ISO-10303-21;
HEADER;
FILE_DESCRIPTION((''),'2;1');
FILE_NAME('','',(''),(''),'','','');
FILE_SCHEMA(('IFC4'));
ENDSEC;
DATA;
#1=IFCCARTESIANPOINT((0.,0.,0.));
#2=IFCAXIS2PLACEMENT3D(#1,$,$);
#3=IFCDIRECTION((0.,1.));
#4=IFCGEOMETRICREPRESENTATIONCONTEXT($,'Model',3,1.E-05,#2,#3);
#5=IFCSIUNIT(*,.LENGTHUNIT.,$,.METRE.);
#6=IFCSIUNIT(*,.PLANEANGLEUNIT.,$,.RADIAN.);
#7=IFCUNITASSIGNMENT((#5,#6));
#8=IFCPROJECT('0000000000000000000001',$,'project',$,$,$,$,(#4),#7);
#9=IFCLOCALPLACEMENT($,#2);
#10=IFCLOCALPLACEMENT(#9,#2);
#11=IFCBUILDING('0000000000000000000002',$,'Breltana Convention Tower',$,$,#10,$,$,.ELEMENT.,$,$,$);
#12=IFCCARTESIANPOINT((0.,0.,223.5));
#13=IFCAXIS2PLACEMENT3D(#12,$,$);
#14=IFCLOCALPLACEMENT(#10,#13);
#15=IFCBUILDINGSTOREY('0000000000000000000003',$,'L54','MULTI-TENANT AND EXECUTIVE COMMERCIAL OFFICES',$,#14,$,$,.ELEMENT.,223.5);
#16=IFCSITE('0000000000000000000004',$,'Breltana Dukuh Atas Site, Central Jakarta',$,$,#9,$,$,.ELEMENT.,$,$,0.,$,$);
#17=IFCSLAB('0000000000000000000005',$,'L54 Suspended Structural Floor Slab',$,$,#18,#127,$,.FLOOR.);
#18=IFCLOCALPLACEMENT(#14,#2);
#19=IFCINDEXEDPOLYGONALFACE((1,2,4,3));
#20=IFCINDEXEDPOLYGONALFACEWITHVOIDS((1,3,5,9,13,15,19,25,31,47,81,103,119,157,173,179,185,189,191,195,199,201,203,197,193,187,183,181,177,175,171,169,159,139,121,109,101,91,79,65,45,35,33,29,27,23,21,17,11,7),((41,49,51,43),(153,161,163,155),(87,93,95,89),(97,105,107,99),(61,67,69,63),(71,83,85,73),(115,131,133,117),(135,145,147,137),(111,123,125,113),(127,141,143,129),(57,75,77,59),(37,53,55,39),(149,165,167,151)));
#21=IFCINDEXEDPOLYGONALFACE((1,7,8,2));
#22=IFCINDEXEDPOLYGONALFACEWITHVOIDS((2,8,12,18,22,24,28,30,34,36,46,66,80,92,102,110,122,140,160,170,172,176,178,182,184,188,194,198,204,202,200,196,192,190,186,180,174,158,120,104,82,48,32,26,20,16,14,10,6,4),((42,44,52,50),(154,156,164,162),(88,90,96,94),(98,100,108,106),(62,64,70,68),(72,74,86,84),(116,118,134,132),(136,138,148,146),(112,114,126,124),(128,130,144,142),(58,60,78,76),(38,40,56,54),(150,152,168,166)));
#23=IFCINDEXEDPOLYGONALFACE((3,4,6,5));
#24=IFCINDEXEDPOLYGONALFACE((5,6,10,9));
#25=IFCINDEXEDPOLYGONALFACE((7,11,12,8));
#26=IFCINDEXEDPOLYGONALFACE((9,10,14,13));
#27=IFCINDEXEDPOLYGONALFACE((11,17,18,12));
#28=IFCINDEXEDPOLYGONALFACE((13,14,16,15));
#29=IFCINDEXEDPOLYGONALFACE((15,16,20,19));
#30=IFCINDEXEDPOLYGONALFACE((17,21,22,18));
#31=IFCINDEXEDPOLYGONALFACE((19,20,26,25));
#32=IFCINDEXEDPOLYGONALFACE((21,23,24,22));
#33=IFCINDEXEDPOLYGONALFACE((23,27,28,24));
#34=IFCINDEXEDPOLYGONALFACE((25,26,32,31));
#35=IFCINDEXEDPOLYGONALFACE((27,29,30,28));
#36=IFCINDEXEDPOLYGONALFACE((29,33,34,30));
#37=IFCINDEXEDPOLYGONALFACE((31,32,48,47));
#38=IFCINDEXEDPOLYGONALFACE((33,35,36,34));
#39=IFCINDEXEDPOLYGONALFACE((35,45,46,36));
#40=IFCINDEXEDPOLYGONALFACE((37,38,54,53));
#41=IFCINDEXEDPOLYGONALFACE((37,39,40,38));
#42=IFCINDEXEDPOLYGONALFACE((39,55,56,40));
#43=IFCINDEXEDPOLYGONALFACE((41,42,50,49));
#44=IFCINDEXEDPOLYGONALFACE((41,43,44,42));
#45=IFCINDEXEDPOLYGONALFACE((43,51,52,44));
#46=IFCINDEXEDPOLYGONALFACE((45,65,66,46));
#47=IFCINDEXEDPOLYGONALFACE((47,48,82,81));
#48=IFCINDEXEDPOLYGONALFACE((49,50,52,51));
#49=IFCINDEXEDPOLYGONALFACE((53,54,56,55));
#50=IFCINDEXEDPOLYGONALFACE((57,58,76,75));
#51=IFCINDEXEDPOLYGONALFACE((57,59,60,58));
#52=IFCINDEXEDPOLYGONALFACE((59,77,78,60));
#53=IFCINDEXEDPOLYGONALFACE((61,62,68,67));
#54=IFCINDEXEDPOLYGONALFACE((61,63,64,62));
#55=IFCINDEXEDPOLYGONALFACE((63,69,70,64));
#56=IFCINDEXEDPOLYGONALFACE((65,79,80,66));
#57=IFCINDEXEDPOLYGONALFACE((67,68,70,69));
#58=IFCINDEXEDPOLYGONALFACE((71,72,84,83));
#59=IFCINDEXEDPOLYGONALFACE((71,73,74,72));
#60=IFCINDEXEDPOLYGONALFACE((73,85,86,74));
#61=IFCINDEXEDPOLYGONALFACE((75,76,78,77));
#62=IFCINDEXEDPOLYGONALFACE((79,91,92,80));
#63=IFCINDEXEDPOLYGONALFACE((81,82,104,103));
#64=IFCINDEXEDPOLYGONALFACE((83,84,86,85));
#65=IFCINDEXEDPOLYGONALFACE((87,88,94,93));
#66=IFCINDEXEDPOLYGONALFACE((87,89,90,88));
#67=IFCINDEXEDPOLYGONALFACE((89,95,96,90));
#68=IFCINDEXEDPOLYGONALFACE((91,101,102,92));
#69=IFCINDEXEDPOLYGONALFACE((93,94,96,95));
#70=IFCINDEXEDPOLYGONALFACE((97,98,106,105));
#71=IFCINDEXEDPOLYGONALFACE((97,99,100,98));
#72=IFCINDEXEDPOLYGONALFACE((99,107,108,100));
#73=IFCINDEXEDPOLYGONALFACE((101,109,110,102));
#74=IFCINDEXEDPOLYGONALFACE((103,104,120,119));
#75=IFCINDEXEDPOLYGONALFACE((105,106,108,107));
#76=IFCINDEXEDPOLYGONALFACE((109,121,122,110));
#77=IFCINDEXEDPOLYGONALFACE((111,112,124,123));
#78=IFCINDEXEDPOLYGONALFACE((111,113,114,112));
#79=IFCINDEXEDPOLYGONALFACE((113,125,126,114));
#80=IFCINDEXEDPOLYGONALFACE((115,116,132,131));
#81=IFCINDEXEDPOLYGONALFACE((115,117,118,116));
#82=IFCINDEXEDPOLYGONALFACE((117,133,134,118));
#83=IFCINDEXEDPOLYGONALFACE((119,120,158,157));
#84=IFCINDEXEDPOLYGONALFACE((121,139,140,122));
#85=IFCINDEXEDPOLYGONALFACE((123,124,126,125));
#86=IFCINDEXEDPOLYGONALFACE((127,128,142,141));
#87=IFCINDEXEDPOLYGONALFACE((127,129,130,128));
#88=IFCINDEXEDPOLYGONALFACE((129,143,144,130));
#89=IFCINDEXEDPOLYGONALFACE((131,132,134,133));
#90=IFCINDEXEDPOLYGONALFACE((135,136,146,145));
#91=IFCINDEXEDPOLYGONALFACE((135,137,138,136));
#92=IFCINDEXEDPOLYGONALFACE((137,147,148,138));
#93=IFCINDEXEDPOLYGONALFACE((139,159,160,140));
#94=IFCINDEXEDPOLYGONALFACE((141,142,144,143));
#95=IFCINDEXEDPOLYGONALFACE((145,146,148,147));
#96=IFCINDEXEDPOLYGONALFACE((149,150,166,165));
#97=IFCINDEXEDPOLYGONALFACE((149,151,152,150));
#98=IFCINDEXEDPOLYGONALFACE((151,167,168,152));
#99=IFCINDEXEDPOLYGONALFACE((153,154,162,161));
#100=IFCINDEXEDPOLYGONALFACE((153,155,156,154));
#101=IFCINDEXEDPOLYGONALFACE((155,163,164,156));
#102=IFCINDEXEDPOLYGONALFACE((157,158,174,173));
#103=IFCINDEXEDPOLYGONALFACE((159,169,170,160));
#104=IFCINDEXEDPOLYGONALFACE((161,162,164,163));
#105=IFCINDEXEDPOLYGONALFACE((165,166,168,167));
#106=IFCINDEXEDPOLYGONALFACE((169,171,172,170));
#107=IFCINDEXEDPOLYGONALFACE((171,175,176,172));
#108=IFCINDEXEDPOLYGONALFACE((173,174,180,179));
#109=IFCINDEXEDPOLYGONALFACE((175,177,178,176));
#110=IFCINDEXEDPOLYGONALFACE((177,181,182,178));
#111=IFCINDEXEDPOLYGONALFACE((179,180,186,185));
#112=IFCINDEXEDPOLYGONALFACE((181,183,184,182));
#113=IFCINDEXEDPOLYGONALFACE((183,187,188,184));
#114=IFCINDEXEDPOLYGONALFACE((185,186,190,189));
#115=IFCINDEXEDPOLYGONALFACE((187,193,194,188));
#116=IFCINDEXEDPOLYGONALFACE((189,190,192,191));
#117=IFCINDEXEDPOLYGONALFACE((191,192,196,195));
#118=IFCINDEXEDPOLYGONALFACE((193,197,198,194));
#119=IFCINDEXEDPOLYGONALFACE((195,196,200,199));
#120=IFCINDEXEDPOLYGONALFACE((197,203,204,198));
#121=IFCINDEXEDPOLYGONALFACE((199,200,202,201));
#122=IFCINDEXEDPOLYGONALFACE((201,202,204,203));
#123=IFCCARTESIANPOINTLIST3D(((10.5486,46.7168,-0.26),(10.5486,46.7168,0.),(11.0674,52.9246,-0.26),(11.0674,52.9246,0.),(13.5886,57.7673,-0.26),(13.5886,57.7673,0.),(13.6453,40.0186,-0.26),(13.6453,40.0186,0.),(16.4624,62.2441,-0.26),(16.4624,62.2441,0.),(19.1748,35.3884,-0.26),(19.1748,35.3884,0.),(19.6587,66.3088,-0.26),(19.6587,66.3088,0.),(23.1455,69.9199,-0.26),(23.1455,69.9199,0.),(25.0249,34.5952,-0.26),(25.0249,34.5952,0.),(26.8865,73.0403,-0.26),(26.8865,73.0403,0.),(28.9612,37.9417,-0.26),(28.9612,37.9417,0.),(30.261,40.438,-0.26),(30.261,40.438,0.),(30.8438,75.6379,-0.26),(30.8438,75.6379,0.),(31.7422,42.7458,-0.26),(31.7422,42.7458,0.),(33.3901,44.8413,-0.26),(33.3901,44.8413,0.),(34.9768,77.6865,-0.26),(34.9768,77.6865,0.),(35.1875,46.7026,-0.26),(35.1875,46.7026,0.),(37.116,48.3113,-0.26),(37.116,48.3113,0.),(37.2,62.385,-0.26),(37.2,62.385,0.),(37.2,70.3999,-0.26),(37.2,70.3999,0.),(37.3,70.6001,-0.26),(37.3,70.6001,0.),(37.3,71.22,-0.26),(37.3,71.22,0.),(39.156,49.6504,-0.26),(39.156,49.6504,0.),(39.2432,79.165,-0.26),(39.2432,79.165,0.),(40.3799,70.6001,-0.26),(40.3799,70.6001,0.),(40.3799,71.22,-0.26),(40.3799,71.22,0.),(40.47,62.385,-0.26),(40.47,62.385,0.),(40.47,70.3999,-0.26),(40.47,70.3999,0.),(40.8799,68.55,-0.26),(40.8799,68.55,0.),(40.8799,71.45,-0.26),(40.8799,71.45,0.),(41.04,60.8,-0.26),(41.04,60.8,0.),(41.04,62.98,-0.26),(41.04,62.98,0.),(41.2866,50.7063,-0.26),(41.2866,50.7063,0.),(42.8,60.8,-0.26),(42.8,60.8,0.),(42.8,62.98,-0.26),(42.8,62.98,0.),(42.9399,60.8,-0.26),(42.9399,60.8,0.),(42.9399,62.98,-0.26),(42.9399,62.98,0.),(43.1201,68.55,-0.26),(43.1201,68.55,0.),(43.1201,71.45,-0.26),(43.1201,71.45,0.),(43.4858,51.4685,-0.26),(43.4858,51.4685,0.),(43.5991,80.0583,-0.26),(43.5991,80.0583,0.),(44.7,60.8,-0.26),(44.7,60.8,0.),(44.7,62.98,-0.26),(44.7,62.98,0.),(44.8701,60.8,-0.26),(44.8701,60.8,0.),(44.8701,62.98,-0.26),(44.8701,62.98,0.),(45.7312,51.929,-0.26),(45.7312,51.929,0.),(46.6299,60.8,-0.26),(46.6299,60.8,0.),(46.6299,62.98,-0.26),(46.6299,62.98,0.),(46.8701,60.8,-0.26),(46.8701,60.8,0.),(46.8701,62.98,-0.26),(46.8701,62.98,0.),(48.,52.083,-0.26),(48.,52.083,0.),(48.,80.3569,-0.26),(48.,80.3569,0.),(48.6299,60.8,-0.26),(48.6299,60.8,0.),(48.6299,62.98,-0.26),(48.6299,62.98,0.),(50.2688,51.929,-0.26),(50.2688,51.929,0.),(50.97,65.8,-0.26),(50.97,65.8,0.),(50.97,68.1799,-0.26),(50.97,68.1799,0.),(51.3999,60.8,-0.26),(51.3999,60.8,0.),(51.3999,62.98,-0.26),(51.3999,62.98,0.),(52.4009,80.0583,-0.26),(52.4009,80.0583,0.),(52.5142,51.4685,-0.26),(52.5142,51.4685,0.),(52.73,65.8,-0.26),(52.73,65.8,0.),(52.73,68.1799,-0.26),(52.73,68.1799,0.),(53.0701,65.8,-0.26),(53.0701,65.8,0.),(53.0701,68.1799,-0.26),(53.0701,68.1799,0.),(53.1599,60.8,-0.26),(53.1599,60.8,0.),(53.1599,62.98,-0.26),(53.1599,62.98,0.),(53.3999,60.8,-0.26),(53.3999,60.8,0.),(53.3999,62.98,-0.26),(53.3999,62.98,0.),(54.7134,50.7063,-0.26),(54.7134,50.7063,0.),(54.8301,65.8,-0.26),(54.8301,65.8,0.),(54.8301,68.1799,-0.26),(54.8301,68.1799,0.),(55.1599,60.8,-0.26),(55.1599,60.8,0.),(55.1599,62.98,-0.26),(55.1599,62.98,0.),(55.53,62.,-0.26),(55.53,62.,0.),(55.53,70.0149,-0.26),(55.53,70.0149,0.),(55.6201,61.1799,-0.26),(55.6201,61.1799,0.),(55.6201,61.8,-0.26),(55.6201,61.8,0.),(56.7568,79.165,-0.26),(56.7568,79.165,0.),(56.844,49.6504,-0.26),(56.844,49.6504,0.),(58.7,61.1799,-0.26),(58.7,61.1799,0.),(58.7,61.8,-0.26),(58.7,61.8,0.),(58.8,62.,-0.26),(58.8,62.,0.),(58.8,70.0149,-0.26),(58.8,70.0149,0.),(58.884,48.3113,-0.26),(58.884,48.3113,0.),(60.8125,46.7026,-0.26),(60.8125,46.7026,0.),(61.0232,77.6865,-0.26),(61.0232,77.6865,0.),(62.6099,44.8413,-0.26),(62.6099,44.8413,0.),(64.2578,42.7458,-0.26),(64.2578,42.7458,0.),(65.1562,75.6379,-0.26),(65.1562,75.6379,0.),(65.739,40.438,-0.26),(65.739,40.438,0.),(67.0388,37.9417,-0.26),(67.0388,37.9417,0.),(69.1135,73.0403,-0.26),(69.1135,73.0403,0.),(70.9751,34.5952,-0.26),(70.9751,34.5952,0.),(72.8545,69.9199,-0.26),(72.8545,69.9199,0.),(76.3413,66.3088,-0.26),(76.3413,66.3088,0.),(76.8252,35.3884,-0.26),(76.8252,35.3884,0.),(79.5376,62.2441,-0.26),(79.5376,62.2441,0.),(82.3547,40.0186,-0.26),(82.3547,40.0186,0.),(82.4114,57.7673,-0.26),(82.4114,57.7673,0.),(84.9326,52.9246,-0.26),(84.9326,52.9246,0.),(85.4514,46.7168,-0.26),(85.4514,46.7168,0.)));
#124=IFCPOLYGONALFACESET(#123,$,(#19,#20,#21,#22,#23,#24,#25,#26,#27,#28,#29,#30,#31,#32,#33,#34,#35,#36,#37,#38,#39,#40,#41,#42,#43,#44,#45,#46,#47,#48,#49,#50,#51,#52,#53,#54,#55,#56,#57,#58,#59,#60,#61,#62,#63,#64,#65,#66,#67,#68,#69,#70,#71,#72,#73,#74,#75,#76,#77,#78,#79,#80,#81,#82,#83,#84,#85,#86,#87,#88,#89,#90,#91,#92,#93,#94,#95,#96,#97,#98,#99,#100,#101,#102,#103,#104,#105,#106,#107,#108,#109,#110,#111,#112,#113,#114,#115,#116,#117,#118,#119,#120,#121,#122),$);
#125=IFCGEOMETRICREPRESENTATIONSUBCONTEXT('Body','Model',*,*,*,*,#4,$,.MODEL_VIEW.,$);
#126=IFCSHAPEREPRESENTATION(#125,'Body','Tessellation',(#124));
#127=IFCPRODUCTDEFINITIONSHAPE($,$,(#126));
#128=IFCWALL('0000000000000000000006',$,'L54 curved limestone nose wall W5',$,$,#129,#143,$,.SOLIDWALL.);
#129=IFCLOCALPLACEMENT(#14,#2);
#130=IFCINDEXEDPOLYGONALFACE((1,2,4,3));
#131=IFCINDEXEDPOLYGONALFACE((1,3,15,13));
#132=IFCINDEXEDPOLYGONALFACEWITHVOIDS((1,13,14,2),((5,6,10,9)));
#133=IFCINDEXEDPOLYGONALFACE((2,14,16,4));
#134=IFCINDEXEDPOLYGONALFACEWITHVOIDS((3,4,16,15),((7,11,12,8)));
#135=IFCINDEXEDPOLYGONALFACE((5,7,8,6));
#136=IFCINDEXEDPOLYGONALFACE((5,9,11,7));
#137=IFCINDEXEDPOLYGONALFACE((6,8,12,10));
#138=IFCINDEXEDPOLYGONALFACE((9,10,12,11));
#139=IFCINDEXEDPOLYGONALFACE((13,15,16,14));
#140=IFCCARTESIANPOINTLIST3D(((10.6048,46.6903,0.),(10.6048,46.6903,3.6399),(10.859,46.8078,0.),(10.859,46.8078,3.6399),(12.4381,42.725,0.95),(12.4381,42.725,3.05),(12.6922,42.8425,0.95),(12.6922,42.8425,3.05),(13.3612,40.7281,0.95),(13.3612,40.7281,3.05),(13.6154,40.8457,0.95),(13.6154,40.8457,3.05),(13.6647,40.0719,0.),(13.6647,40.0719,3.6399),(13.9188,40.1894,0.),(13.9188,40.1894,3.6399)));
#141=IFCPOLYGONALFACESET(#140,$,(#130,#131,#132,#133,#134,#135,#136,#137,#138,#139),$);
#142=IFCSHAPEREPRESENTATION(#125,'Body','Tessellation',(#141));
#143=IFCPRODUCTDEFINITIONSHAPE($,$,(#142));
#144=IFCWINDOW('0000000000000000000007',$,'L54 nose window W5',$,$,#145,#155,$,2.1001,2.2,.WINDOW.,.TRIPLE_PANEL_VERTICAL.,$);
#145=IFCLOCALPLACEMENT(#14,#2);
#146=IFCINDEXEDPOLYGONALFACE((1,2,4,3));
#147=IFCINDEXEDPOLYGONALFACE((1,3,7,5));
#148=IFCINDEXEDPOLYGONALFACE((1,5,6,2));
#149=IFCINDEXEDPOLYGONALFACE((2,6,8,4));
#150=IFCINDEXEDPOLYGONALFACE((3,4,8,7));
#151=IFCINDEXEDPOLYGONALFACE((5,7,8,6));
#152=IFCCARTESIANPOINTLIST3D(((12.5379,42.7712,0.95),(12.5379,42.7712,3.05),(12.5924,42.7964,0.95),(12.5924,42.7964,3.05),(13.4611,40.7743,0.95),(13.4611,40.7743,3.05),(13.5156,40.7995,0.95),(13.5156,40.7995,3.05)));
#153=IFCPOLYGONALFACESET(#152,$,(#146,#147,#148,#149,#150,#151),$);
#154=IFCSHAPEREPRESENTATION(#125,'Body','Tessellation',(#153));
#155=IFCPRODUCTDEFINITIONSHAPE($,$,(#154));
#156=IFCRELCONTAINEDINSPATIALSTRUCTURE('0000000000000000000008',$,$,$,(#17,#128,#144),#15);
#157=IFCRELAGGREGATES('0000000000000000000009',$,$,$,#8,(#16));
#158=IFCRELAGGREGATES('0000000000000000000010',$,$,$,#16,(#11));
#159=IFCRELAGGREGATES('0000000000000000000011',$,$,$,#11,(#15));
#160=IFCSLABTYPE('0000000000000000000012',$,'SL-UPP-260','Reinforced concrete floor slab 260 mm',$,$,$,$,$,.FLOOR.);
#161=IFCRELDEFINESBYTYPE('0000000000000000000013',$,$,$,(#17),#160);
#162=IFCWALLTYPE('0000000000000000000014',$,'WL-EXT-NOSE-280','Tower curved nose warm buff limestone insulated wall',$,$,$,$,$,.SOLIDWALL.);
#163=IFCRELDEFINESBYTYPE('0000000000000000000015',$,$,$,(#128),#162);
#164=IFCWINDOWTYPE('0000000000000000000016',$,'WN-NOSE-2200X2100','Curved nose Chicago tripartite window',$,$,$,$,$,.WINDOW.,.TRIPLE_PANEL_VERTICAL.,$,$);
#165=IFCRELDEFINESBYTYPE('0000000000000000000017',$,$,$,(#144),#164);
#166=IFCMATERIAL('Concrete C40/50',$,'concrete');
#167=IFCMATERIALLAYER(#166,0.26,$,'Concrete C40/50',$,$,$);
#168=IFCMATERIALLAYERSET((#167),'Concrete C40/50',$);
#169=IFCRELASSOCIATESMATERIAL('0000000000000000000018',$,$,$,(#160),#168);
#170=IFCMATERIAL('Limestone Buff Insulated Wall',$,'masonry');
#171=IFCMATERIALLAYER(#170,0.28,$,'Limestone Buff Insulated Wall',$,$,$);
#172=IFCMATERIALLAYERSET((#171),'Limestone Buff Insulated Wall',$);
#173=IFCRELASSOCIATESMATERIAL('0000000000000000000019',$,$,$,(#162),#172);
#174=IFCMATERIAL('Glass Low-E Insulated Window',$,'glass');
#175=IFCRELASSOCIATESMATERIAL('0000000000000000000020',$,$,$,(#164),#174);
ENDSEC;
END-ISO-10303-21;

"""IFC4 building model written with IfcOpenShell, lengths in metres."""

from ifc_helpers import new_model, si_unit, direction, frame, frame_2d, origin, place, context, subcontext, project, spatial, polyline, rectangle, outline, extrude, source, transform, mapped, material, layer, layer_set, type_object, type_shapes, element, fill, save


model = new_model("IFC4")

# Units and contexts
model_context = context("Model", 3, precision=1e-05, world=origin(), true_north=direction((0.0, 1.0)))
body_context = subcontext(model_context, "Body", "Model", "MODEL_VIEW")
ifc_project = project(units=[si_unit("LENGTHUNIT", "METRE"), si_unit("PLANEANGLEUNIT", "RADIAN")], contexts=[model_context])

# Site, building, storey
site_placement = place(None, origin())
site = spatial("IfcSite", under=ifc_project, at=site_placement, Name="Breltana Dukuh Atas Site, Central Jakarta", CompositionType="ELEMENT", RefElevation=0.0)
building_placement = place(site_placement, origin())
building = spatial("IfcBuilding", under=site, at=building_placement, Name="Breltana Convention Tower", CompositionType="ELEMENT")
storey_placement = place(building_placement, frame((0.0, 0.0, 223.5)))
storey = spatial("IfcBuildingStorey", under=building, at=storey_placement, Name="L54", Description="MULTI-TENANT AND EXECUTIVE COMMERCIAL OFFICES", CompositionType="ELEMENT", Elevation=223.5)

# Shared definitions
ifc_material_1 = material(Name="Concrete C40/50", Category="concrete")

# Slab
ifc_layer_1 = layer(ifc_material_1, 0.26, Name="Concrete C40/50")
ifc_layer_set_1 = layer_set([ifc_layer_1], Name="Concrete C40/50")
slab_type_1 = type_object("IfcSlabType", Name="SL-UPP-260", Description="Reinforced concrete floor slab 260 mm", PredefinedType="FLOOR", material=ifc_layer_set_1)
slab_1_placement = place(storey_placement, frame((0.0, 0.0, -0.26)))
element("IfcSlab", 1, at=slab_1_placement, inside=storey, type_object=slab_type_1, Name="L54 Suspended Structural Floor Slab", PredefinedType="FLOOR", context=body_context, shape_type="SweptSolid", body=[
    extrude(outline(polyline([(84.9326, 52.9246), (82.4114, 57.7673), (79.5376, 62.2441), (76.3413, 66.3088), (72.8545, 69.9199), (69.1135, 73.0403), (65.1562, 75.6379), (61.0232, 77.6865), (56.7568, 79.165), (52.4009, 80.0583), (48.0, 80.3569), (43.5991, 80.0583), (39.2432, 79.165), (34.9768, 77.6865), (30.8438, 75.6379), (26.8865, 73.0403), (23.1455, 69.9199), (19.6587, 66.3088), (16.4624, 62.2441), (13.5886, 57.7673), (11.0674, 52.9246), (10.5486, 46.7168), (13.6453, 40.0186), (19.1748, 35.3884), (25.0249, 34.5952), (28.9612, 37.9417), (30.261, 40.438), (31.7422, 42.7458), (33.3901, 44.8413), (35.1875, 46.7026), (37.116, 48.3113), (39.156, 49.6504), (41.2866, 50.7063), (43.4858, 51.4685), (45.7312, 51.929), (48.0, 52.083), (50.2688, 51.929), (52.5142, 51.4685), (54.7134, 50.7063), (56.844, 49.6504), (58.884, 48.3113), (60.8125, 46.7026), (62.6099, 44.8413), (64.2578, 42.7458), (65.739, 40.438), (67.0388, 37.9417), (70.9751, 34.5952), (76.8252, 35.3884), (82.3547, 40.0186), (85.4514, 46.7168), (84.9326, 52.9246)]), holes=[polyline([(37.2, 62.385), (40.47, 62.385), (40.47, 70.3999), (37.2, 70.3999), (37.2, 62.385)]), polyline([(55.53, 62.0), (58.8, 62.0), (58.8, 70.0149), (55.53, 70.0149), (55.53, 62.0)]), polyline([(41.04, 60.8), (42.8, 60.8), (42.8, 62.98), (41.04, 62.98), (41.04, 60.8)]), polyline([(42.9399, 60.8), (44.7, 60.8), (44.7, 62.98), (42.9399, 62.98), (42.9399, 60.8)]), polyline([(44.8701, 60.8), (46.6299, 60.8), (46.6299, 62.98), (44.8701, 62.98), (44.8701, 60.8)]), polyline([(46.8701, 60.8), (48.6299, 60.8), (48.6299, 62.98), (46.8701, 62.98), (46.8701, 60.8)]), polyline([(51.3999, 60.8), (53.1599, 60.8), (53.1599, 62.98), (51.3999, 62.98), (51.3999, 60.8)]), polyline([(53.3999, 60.8), (55.1599, 60.8), (55.1599, 62.98), (53.3999, 62.98), (53.3999, 60.8)]), polyline([(50.97, 65.8), (52.73, 65.8), (52.73, 68.1799), (50.97, 68.1799), (50.97, 65.8)]), polyline([(53.0701, 65.8), (54.8301, 65.8), (54.8301, 68.1799), (53.0701, 68.1799), (53.0701, 65.8)]), polyline([(40.8799, 68.55), (43.1201, 68.55), (43.1201, 71.45), (40.8799, 71.45), (40.8799, 68.55)]), polyline([(37.3, 70.6001), (40.3799, 70.6001), (40.3799, 71.22), (37.3, 71.22), (37.3, 70.6001)]), polyline([(55.6201, 61.1799), (58.7, 61.1799), (58.7, 61.8), (55.6201, 61.8), (55.6201, 61.1799)])]), origin(), (0.0, 0.0, 1.0), 0.26),
])

# Wall, opening, window
ifc_material_2 = material(Name="Limestone Buff Insulated Wall", Category="masonry")
ifc_layer_2 = layer(ifc_material_2, 0.28, Name="Limestone Buff Insulated Wall")
ifc_layer_set_2 = layer_set([ifc_layer_2], Name="Limestone Buff Insulated Wall")
wall_type_1 = type_object("IfcWallType", Name="WL-EXT-NOSE-280", Description="Tower curved nose warm buff limestone insulated wall", PredefinedType="SOLIDWALL", material=ifc_layer_set_2)
shared_shape_1 = source(origin(), body_context, "Body", "SweptSolid", [
    extrude(rectangle(XDim=7.2915, YDim=0.28, at=frame_2d((3.6458, 0.0))), origin(), (0.0, 0.0, 1.0), 3.6399),
])
wall_1_placement = place(storey_placement, frame((13.7917, 40.1306, 0.0), z_axis=(0.0, 0.0, 1.0), x_axis=(-0.419642, 0.90769, 0.0)))
wall_1 = element("IfcWall", 2, at=wall_1_placement, inside=storey, type_object=wall_type_1, Name="L54 curved limestone nose wall W5", PredefinedType="SOLIDWALL", context=body_context, shape_type="MappedRepresentation", body=[
    mapped(shared_shape_1, transform((0.0, 0.0, 0.0), scale=1.0)),
])
opening_1_placement = place(wall_1_placement, frame((0.7229, 0.0, 0.95)))
opening_1 = element("IfcOpeningElement", 3, at=opening_1_placement, cuts=wall_1, PredefinedType="OPENING", context=body_context, shape_type="SweptSolid", body=[
    extrude(rectangle(XDim=2.2, YDim=2.1001, at=frame_2d((1.1001, 1.05))), frame((0.0, 0.1499, 0.0), z_axis=(0.0, -1.0, 0.0), x_axis=(1.0, 0.0, 0.0)), (0.0, 0.0, 1.0), 0.3),
])
ifc_material_3 = material(Name="Glass Low-E Insulated Window", Category="glass")
window_type = type_object("IfcWindowType", Name="WN-NOSE-2200X2100", Description="Curved nose Chicago tripartite window", PartitioningType="TRIPLE_PANEL_VERTICAL", PredefinedType="WINDOW", material=ifc_material_3)
shared_shape_2 = source(origin(), body_context, "Body", "SweptSolid", [
    extrude(rectangle(XDim=2.2, YDim=2.1001, at=frame_2d((1.1001, 1.05))), frame((0.0, 0.03, 0.0), z_axis=(0.0, -1.0, 0.0), x_axis=(1.0, 0.0, 0.0)), (0.0, 0.0, 1.0), 0.0601),
])
type_shapes(window_type, [shared_shape_2])
window_1_placement = place(opening_1_placement, origin())
window_1 = element("IfcWindow", 4, at=window_1_placement, inside=storey, type_object=window_type, Name="L54 nose window W5", OverallHeight=2.1001, OverallWidth=2.2, PartitioningType="TRIPLE_PANEL_VERTICAL", PredefinedType="WINDOW", context=body_context, shape_type="MappedRepresentation", body=[
    mapped(shared_shape_2, transform((0.0, 0.0, 0.0), scale=1.0)),
])
fill(opening_1, window_1)

save(model, "model.ifc")
